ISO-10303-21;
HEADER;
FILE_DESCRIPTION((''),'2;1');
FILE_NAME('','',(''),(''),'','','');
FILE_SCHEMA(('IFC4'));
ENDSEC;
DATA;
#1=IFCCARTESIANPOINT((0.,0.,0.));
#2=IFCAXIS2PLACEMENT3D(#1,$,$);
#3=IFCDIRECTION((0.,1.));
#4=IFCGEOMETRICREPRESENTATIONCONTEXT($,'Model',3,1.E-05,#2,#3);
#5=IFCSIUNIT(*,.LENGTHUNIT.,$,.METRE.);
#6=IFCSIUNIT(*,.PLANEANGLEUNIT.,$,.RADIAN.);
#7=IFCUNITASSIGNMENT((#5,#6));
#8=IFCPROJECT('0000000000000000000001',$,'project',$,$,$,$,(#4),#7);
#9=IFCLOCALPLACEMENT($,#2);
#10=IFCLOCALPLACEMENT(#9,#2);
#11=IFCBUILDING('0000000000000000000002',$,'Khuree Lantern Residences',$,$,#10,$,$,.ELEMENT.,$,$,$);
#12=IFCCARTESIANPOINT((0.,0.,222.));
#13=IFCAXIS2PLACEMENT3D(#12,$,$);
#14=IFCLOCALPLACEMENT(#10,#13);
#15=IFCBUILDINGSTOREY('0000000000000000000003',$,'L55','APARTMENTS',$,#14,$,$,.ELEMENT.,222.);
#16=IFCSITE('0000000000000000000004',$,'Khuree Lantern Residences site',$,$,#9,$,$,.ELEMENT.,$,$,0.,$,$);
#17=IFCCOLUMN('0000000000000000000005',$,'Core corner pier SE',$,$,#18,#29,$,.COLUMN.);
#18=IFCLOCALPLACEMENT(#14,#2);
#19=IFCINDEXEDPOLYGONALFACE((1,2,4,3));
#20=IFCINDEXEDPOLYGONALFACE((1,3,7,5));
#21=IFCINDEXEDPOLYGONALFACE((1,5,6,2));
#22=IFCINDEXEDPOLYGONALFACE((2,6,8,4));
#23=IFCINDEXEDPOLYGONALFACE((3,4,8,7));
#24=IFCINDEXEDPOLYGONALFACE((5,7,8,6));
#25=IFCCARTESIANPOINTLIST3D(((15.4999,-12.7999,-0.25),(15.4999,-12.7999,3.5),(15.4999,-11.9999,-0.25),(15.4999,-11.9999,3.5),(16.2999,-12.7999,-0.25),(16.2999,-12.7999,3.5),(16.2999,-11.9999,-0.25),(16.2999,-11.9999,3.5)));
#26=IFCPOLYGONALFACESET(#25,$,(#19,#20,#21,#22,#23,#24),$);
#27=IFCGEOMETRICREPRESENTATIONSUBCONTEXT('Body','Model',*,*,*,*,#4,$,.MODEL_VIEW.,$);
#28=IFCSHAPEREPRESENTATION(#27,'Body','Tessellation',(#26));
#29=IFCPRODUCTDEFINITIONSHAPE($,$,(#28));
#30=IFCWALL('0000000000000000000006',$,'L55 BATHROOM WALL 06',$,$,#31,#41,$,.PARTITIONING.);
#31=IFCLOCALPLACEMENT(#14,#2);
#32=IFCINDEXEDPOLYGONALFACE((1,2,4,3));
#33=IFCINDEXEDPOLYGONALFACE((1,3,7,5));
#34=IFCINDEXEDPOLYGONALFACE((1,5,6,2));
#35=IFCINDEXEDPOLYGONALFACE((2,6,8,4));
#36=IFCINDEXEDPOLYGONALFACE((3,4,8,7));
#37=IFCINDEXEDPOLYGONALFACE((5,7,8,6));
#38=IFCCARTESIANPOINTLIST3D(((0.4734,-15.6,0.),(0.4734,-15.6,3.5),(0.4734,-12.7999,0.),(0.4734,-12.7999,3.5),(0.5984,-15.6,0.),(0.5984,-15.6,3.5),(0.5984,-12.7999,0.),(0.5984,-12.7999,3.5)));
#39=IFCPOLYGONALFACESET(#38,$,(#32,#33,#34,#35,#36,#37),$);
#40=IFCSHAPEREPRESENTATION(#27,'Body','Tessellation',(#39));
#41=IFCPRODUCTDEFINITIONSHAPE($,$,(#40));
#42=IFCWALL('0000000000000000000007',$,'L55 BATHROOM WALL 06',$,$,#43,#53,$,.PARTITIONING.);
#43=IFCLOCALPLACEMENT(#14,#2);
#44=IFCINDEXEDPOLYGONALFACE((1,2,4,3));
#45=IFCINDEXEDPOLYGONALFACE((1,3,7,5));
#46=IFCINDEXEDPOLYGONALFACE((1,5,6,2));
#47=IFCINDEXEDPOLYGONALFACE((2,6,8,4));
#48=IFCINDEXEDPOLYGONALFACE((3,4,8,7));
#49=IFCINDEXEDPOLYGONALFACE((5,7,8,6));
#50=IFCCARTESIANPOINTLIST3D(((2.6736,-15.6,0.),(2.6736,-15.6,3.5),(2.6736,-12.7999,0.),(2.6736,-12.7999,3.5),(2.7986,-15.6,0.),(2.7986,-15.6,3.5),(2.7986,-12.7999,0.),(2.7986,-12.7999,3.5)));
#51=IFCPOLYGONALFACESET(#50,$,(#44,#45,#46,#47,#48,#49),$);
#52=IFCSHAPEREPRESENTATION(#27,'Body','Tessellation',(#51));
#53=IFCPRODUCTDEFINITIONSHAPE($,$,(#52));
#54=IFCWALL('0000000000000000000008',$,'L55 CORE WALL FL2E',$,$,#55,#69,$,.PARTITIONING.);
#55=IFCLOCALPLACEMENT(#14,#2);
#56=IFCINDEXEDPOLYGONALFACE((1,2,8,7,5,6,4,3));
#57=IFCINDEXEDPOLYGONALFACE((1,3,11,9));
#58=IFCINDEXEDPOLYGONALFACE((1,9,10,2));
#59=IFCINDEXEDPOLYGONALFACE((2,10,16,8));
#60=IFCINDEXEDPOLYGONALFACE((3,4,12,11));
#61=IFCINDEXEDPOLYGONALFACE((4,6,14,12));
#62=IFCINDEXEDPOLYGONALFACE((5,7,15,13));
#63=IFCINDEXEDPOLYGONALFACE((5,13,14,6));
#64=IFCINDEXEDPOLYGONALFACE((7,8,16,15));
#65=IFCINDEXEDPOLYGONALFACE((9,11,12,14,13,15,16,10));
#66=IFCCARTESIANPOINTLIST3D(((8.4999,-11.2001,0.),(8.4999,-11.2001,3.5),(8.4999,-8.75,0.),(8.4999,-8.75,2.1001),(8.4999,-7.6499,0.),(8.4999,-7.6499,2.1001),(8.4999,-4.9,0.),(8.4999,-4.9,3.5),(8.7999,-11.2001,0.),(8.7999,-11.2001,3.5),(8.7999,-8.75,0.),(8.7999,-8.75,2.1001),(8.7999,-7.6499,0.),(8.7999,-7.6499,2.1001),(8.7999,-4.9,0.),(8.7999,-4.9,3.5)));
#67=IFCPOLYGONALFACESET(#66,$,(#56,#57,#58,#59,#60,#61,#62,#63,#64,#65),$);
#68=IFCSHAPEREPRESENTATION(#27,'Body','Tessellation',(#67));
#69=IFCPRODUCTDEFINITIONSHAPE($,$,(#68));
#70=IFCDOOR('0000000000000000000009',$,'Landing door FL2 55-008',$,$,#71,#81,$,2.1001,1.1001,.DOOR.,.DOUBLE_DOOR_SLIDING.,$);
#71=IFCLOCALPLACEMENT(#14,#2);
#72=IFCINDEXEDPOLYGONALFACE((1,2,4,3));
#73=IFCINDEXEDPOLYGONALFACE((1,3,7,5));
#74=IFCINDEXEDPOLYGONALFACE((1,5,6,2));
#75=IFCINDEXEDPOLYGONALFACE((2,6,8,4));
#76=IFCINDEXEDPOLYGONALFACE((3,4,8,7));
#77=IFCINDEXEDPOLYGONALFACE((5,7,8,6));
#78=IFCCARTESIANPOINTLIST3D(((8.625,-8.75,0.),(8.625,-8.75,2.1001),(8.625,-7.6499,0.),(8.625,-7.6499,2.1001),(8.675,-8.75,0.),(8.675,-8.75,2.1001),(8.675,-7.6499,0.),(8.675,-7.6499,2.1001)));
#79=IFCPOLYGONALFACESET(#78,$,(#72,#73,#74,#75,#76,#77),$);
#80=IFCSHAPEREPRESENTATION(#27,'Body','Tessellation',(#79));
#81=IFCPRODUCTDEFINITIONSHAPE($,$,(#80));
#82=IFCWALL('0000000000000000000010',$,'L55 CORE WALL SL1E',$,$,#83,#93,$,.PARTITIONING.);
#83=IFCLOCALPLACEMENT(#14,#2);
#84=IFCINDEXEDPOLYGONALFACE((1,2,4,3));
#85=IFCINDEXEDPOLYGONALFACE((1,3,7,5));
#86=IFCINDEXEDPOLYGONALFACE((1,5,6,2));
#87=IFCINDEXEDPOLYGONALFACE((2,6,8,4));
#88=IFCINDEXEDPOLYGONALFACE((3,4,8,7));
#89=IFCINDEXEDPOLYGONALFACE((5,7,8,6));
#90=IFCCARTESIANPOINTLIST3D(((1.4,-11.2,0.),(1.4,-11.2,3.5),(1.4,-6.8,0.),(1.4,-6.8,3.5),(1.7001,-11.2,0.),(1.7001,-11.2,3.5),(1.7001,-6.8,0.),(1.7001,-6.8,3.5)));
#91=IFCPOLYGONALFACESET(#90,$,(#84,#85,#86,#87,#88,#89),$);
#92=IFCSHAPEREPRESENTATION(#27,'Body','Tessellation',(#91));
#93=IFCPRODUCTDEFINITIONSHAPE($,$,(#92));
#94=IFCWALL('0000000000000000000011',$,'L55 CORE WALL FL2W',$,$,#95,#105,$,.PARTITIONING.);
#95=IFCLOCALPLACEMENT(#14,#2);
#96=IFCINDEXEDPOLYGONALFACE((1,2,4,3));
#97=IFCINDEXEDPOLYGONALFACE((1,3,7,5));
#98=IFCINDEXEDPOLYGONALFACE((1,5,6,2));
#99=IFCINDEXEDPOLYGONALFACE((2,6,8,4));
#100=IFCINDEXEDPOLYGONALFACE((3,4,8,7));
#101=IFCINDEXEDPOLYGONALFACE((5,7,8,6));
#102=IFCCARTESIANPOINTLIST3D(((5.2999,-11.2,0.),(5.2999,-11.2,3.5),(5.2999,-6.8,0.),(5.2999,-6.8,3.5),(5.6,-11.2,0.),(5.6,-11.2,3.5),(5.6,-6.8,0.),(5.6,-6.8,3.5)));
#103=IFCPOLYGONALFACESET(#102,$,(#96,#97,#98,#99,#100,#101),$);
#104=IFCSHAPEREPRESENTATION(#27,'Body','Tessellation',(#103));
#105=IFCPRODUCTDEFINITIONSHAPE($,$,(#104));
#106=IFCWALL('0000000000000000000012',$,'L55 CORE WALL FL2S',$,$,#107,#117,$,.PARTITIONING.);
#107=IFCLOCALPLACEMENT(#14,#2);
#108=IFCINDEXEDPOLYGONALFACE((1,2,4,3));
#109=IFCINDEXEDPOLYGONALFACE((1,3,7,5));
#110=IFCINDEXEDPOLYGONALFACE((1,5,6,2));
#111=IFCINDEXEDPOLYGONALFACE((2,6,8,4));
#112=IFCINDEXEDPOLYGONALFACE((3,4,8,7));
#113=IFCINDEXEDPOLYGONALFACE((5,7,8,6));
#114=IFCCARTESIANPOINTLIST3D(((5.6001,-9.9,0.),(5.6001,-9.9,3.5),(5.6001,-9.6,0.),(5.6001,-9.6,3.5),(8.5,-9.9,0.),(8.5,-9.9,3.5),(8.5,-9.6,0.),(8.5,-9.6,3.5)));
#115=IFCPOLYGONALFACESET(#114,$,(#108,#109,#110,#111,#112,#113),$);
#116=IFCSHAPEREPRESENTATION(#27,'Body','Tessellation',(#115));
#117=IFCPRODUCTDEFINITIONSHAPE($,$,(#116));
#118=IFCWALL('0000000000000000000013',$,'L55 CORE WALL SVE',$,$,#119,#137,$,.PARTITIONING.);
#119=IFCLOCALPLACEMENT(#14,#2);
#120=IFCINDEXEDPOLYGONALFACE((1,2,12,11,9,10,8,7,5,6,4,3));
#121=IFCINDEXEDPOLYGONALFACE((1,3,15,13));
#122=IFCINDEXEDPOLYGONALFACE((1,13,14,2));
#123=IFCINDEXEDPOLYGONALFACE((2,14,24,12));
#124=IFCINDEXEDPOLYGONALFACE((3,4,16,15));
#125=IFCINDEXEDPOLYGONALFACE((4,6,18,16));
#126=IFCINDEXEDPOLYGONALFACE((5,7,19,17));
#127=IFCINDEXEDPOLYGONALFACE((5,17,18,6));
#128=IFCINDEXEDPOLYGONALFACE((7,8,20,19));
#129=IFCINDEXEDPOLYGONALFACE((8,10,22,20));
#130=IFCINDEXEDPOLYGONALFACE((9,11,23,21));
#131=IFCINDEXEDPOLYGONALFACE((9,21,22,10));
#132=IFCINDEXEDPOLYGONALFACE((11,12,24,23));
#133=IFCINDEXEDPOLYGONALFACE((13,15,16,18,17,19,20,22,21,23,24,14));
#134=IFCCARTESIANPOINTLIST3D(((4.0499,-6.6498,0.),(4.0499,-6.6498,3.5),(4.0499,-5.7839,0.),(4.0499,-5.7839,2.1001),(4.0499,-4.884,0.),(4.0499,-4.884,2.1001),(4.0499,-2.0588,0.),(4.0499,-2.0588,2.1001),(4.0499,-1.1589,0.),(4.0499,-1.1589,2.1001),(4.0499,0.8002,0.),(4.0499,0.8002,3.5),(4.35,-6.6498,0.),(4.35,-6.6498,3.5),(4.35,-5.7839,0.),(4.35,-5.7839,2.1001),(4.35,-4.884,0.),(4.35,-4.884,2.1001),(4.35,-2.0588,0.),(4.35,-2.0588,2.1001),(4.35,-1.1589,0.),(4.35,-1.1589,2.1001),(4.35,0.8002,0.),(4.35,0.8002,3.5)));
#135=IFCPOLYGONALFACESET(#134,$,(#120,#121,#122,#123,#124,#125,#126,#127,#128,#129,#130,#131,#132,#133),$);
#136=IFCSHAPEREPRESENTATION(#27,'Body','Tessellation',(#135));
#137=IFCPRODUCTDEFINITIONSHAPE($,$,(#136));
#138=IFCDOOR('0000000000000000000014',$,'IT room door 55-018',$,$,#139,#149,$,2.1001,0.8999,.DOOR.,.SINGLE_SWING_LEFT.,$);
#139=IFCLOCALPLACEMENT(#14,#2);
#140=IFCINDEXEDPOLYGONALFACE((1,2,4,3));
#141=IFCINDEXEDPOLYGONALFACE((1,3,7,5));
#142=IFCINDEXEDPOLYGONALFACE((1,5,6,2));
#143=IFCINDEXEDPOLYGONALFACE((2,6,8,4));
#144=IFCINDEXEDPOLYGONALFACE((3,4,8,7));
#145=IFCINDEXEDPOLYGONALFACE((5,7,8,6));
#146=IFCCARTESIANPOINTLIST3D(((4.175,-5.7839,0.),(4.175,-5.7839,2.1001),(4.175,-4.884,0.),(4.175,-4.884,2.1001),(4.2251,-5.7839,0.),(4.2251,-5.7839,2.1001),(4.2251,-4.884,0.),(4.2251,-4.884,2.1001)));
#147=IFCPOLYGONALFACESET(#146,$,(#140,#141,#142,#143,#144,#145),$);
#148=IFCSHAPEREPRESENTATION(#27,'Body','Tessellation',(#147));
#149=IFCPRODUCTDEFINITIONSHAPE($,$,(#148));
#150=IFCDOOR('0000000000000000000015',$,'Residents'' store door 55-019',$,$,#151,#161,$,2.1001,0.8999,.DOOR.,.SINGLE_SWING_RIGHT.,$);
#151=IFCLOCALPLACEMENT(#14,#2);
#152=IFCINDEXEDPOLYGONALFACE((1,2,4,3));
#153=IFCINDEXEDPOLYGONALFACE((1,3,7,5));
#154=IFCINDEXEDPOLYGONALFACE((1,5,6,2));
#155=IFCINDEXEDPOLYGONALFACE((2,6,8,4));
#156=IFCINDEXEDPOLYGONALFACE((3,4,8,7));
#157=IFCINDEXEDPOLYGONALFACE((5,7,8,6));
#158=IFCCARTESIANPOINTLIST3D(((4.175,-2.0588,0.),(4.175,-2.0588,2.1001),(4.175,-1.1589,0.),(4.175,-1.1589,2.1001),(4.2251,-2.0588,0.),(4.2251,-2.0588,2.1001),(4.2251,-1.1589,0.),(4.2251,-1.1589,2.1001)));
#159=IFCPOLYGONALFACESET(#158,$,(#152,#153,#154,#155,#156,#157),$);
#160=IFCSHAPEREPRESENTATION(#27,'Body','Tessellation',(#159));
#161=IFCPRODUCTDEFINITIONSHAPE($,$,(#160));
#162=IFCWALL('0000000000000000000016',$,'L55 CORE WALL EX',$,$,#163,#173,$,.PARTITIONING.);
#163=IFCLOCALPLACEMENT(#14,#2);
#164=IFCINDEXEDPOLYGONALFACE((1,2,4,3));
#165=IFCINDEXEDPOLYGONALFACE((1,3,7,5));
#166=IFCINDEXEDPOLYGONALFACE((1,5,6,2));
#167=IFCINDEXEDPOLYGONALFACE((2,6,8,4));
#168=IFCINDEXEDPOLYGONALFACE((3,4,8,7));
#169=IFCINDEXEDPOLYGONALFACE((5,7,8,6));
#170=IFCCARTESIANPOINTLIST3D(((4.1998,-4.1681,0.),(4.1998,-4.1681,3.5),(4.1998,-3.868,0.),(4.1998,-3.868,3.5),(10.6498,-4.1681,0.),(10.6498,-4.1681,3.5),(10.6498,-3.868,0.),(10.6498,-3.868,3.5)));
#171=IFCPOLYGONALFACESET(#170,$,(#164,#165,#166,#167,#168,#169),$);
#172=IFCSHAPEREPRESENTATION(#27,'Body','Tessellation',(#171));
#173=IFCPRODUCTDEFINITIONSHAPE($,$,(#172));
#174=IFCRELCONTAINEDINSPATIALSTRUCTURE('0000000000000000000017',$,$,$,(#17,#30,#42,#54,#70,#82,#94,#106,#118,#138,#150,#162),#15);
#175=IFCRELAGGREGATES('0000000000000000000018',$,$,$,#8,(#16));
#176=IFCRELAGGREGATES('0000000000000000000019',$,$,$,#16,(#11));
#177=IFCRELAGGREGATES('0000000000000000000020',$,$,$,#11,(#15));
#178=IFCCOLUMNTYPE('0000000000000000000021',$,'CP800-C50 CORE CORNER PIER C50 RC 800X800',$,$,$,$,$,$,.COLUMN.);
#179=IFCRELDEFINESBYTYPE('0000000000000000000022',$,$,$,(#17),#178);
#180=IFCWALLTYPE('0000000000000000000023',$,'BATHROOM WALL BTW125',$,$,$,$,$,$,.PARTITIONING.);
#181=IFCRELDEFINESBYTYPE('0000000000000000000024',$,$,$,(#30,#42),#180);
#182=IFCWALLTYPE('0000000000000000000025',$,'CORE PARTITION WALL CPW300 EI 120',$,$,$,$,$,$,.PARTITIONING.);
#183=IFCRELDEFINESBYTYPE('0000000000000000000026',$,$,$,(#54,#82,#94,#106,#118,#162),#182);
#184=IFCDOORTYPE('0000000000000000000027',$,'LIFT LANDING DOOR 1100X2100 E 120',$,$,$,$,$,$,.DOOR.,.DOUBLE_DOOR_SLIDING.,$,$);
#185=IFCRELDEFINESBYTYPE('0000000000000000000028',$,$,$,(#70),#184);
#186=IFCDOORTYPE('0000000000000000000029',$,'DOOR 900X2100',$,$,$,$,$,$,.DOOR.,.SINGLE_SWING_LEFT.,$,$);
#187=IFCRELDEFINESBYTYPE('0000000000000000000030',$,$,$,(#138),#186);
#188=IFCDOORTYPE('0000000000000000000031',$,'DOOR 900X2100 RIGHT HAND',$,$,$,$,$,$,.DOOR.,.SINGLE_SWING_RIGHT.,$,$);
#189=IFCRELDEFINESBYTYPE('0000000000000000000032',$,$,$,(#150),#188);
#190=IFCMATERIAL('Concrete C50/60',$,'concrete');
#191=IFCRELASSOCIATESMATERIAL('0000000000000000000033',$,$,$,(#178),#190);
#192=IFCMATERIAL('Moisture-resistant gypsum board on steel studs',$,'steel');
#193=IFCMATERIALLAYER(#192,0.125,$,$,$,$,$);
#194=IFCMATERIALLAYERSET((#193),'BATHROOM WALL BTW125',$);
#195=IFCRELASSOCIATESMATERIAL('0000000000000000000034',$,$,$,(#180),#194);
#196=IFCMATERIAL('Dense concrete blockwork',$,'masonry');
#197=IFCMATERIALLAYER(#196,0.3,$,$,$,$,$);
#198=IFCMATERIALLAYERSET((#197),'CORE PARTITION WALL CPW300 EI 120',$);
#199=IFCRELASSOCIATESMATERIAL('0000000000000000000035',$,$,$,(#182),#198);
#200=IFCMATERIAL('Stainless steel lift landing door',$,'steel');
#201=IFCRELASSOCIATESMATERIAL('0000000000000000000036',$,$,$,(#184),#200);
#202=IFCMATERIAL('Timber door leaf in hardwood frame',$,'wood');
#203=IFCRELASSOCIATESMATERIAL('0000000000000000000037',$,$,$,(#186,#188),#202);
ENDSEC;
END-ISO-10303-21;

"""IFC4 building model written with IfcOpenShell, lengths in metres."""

from ifc_helpers import new_model, si_unit, direction, frame, frame_2d, origin, origin_2d, place, context, subcontext, project, spatial, rectangle, extrude, material, layer, layer_set, material_profile, profile_set, type_object, element, fill, save


model = new_model("IFC4")

# Units and contexts
model_context = context("Model", 3, precision=1e-05, world=origin(), true_north=direction((0.0, 1.0)))
body_context = subcontext(model_context, "Body", "Model", "MODEL_VIEW")
ifc_project = project(units=[si_unit("LENGTHUNIT", "METRE"), si_unit("PLANEANGLEUNIT", "RADIAN")], contexts=[model_context])

# Site, building, storey
site_placement = place(None, origin())
site = spatial("IfcSite", under=ifc_project, at=site_placement, Name="Khuree Lantern Residences site", CompositionType="ELEMENT", RefElevation=0.0)
building_placement = place(site_placement, origin())
building = spatial("IfcBuilding", under=site, at=building_placement, Name="Khuree Lantern Residences", CompositionType="ELEMENT")
storey_placement = place(building_placement, frame((0.0, 0.0, 222.0)))
storey = spatial("IfcBuildingStorey", under=building, at=storey_placement, Name="L55", Description="APARTMENTS", CompositionType="ELEMENT", Elevation=222.0)

# Column
ifc_material_1 = material(Name="Concrete C50/60", Category="concrete")
ifc_material_profile = material_profile(ifc_material_1, rectangle(XDim=0.8, YDim=0.8, at=origin_2d()), Name="RC 800X800")
ifc_profile_set = profile_set([ifc_material_profile], Name="Concrete C50/60")
column_type = type_object("IfcColumnType", Name="CP800-C50 CORE CORNER PIER C50 RC 800X800", PredefinedType="COLUMN", material=ifc_profile_set)
column_placement = place(storey_placement, frame((15.8999, -12.3999, -0.25), z_axis=(0.0, 0.0, 1.0), x_axis=(1.0, 0.0, 0.0)))
element("IfcColumn", 1, at=column_placement, inside=storey, type_object=column_type, Name="Core corner pier SE", PredefinedType="COLUMN", context=body_context, shape_type="SweptSolid", body=[
    extrude(rectangle(XDim=0.8, YDim=0.8, at=origin_2d()), origin(), (0.0, 0.0, 1.0), 3.75),
])

# Walls
ifc_material_2 = material(Name="Moisture-resistant gypsum board on steel studs", Category="steel")
ifc_layer_1 = layer(ifc_material_2, 0.125)
ifc_layer_set_1 = layer_set([ifc_layer_1], Name="BATHROOM WALL BTW125")
wall_type_1 = type_object("IfcWallType", Name="BATHROOM WALL BTW125", PredefinedType="PARTITIONING", material=ifc_layer_set_1)
for number, where, z_axis, x_axis, name in (
    (2, (0.5359, -12.8, 0.0), (0.0, 0.0, 1.0), (0.0, -1.0, 0.0), "L55 BATHROOM WALL 06"),
    (3, (2.7361, -12.8, 0.0), (0.0, 0.0, 1.0), (0.0, -1.0, 0.0), "L55 BATHROOM WALL 06"),
):
    element("IfcWall", number, at=place(storey_placement, frame(where, z_axis=z_axis, x_axis=x_axis)), inside=storey, type_object=wall_type_1, Name=name, PredefinedType="PARTITIONING", context=body_context, shape_type="SweptSolid", body=[
        extrude(rectangle(XDim=2.8, YDim=0.125, at=frame_2d((1.3999, 0.0))), origin(), (0.0, 0.0, 1.0), 3.5),
    ])

# Wall, opening, door
ifc_material_3 = material(Name="Dense concrete blockwork", Category="masonry")
ifc_layer_2 = layer(ifc_material_3, 0.3)
ifc_layer_set_2 = layer_set([ifc_layer_2], Name="CORE PARTITION WALL CPW300 EI 120")
wall_type_2 = type_object("IfcWallType", Name="CORE PARTITION WALL CPW300 EI 120", PredefinedType="PARTITIONING", material=ifc_layer_set_2)
wall_1_placement = place(storey_placement, frame((8.6499, -11.2, 0.0), z_axis=(0.0, 0.0, 1.0), x_axis=(0.0, 1.0, 0.0)))
wall_1 = element("IfcWall", 4, at=wall_1_placement, inside=storey, type_object=wall_type_2, Name="L55 CORE WALL FL2E", PredefinedType="PARTITIONING", context=body_context, shape_type="SweptSolid", body=[
    extrude(rectangle(XDim=6.3, YDim=0.3, at=frame_2d((3.1499, 0.0))), origin(), (0.0, 0.0, 1.0), 3.5),
])
opening_1_placement = place(wall_1_placement, frame((2.45, 0.0, 0.0)))
opening_1 = element("IfcOpeningElement", 5, at=opening_1_placement, cuts=wall_1, PredefinedType="OPENING", context=body_context, shape_type="SweptSolid", body=[
    extrude(rectangle(XDim=1.1001, YDim=2.1001, at=frame_2d((0.55, 1.05))), frame((0.0, 0.1602, 0.0), z_axis=(0.0, -1.0, 0.0), x_axis=(1.0, 0.0, 0.0)), (0.0, 0.0, 1.0), 0.3201),
])
ifc_material_4 = material(Name="Stainless steel lift landing door", Category="steel")
door_type_1 = type_object("IfcDoorType", Name="LIFT LANDING DOOR 1100X2100 E 120", OperationType="DOUBLE_DOOR_SLIDING", PredefinedType="DOOR", material=ifc_material_4)
door_1_placement = place(opening_1_placement, origin())
door_1 = element("IfcDoor", 6, at=door_1_placement, inside=storey, type_object=door_type_1, Name="Landing door FL2 55-008", OperationType="DOUBLE_DOOR_SLIDING", OverallHeight=2.1001, OverallWidth=1.1001, PredefinedType="DOOR", context=body_context, shape_type="SweptSolid", body=[
    extrude(rectangle(XDim=1.1001, YDim=2.1001, at=frame_2d((0.55, 1.05))), frame((0.0, 0.0249, 0.0), z_axis=(0.0, -1.0, 0.0), x_axis=(1.0, 0.0, 0.0)), (0.0, 0.0, 1.0), 0.05),
])
fill(opening_1, door_1)

# Walls
for number, where, z_axis, x_axis, name in (
    (7, (1.55, -11.2, 0.0), (0.0, 0.0, 1.0), (0.0, 1.0, 0.0), "L55 CORE WALL SL1E"),
    (8, (5.45, -11.2, 0.0), (0.0, 0.0, 1.0), (0.0, 1.0, 0.0), "L55 CORE WALL FL2W"),
):
    element("IfcWall", number, at=place(storey_placement, frame(where, z_axis=z_axis, x_axis=x_axis)), inside=storey, type_object=wall_type_2, Name=name, PredefinedType="PARTITIONING", context=body_context, shape_type="SweptSolid", body=[
        extrude(rectangle(XDim=4.3999, YDim=0.3, at=frame_2d((2.2, 0.0))), origin(), (0.0, 0.0, 1.0), 3.5),
    ])
wall_2_placement = place(storey_placement, frame((5.6001, -9.75, 0.0), z_axis=(0.0, 0.0, 1.0), x_axis=(1.0, 0.0, 0.0)))
element("IfcWall", 9, at=wall_2_placement, inside=storey, type_object=wall_type_2, Name="L55 CORE WALL FL2S", PredefinedType="PARTITIONING", context=body_context, shape_type="SweptSolid", body=[
    extrude(rectangle(XDim=2.8999, YDim=0.3, at=frame_2d((1.45, 0.0))), origin(), (0.0, 0.0, 1.0), 3.5),
])

# Wall, openings, doors
wall_3_placement = place(storey_placement, frame((4.2, -6.6499, 0.0), z_axis=(0.0, 0.0, 1.0), x_axis=(0.0, 1.0, 0.0)))
wall_3 = element("IfcWall", 10, at=wall_3_placement, inside=storey, type_object=wall_type_2, Name="L55 CORE WALL SVE", PredefinedType="PARTITIONING", context=body_context, shape_type="SweptSolid", body=[
    extrude(rectangle(XDim=7.45, YDim=0.3, at=frame_2d((3.7251, 0.0))), origin(), (0.0, 0.0, 1.0), 3.5),
])
opening_2_placement = place(wall_3_placement, frame((0.866, 0.0, 0.0)))
opening_2 = element("IfcOpeningElement", 11, at=opening_2_placement, cuts=wall_3, PredefinedType="OPENING", context=body_context, shape_type="SweptSolid", body=[
    extrude(rectangle(XDim=0.8999, YDim=2.1001, at=frame_2d((0.45, 1.05))), frame((0.0, 0.1602, 0.0), z_axis=(0.0, -1.0, 0.0), x_axis=(1.0, 0.0, 0.0)), (0.0, 0.0, 1.0), 0.3201),
])
opening_3_placement = place(wall_3_placement, frame((4.5911, 0.0, 0.0)))
opening_3 = element("IfcOpeningElement", 12, at=opening_3_placement, cuts=wall_3, PredefinedType="OPENING", context=body_context, shape_type="SweptSolid", body=[
    extrude(rectangle(XDim=0.8999, YDim=2.1001, at=frame_2d((0.45, 1.05))), frame((0.0, 0.1602, 0.0), z_axis=(0.0, -1.0, 0.0), x_axis=(1.0, 0.0, 0.0)), (0.0, 0.0, 1.0), 0.3201),
])
ifc_material_5 = material(Name="Timber door leaf in hardwood frame", Category="wood")
door_type_2 = type_object("IfcDoorType", Name="DOOR 900X2100", OperationType="SINGLE_SWING_LEFT", PredefinedType="DOOR", material=ifc_material_5)
door_2_placement = place(opening_2_placement, origin())
door_2 = element("IfcDoor", 13, at=door_2_placement, inside=storey, type_object=door_type_2, Name="IT room door 55-018", OperationType="SINGLE_SWING_LEFT", OverallHeight=2.1001, OverallWidth=0.8999, PredefinedType="DOOR", context=body_context, shape_type="SweptSolid", body=[
    extrude(rectangle(XDim=0.8999, YDim=2.1001, at=frame_2d((0.45, 1.05))), frame((0.0, 0.0249, 0.0), z_axis=(0.0, -1.0, 0.0), x_axis=(1.0, 0.0, 0.0)), (0.0, 0.0, 1.0), 0.05),
])
fill(opening_2, door_2)
door_type_3 = type_object("IfcDoorType", Name="DOOR 900X2100 RIGHT HAND", OperationType="SINGLE_SWING_RIGHT", PredefinedType="DOOR", material=ifc_material_5)
door_3_placement = place(opening_3_placement, origin())
door_3 = element("IfcDoor", 14, at=door_3_placement, inside=storey, type_object=door_type_3, Name="Residents' store door 55-019", OperationType="SINGLE_SWING_RIGHT", OverallHeight=2.1001, OverallWidth=0.8999, PredefinedType="DOOR", context=body_context, shape_type="SweptSolid", body=[
    extrude(rectangle(XDim=0.8999, YDim=2.1001, at=frame_2d((0.45, 1.05))), frame((0.0, 0.0249, 0.0), z_axis=(0.0, -1.0, 0.0), x_axis=(1.0, 0.0, 0.0)), (0.0, 0.0, 1.0), 0.05),
])
fill(opening_3, door_3)

# Wall
wall_4_placement = place(storey_placement, frame((10.6499, -4.0181, 0.0), z_axis=(0.0, 0.0, 1.0), x_axis=(-1.0, 0.0, 0.0)))
element("IfcWall", 15, at=wall_4_placement, inside=storey, type_object=wall_type_2, Name="L55 CORE WALL EX", PredefinedType="PARTITIONING", context=body_context, shape_type="SweptSolid", body=[
    extrude(rectangle(XDim=6.45, YDim=0.3, at=frame_2d((3.2251, 0.0))), origin(), (0.0, 0.0, 1.0), 3.5),
])

save(model, "model.ifc")
